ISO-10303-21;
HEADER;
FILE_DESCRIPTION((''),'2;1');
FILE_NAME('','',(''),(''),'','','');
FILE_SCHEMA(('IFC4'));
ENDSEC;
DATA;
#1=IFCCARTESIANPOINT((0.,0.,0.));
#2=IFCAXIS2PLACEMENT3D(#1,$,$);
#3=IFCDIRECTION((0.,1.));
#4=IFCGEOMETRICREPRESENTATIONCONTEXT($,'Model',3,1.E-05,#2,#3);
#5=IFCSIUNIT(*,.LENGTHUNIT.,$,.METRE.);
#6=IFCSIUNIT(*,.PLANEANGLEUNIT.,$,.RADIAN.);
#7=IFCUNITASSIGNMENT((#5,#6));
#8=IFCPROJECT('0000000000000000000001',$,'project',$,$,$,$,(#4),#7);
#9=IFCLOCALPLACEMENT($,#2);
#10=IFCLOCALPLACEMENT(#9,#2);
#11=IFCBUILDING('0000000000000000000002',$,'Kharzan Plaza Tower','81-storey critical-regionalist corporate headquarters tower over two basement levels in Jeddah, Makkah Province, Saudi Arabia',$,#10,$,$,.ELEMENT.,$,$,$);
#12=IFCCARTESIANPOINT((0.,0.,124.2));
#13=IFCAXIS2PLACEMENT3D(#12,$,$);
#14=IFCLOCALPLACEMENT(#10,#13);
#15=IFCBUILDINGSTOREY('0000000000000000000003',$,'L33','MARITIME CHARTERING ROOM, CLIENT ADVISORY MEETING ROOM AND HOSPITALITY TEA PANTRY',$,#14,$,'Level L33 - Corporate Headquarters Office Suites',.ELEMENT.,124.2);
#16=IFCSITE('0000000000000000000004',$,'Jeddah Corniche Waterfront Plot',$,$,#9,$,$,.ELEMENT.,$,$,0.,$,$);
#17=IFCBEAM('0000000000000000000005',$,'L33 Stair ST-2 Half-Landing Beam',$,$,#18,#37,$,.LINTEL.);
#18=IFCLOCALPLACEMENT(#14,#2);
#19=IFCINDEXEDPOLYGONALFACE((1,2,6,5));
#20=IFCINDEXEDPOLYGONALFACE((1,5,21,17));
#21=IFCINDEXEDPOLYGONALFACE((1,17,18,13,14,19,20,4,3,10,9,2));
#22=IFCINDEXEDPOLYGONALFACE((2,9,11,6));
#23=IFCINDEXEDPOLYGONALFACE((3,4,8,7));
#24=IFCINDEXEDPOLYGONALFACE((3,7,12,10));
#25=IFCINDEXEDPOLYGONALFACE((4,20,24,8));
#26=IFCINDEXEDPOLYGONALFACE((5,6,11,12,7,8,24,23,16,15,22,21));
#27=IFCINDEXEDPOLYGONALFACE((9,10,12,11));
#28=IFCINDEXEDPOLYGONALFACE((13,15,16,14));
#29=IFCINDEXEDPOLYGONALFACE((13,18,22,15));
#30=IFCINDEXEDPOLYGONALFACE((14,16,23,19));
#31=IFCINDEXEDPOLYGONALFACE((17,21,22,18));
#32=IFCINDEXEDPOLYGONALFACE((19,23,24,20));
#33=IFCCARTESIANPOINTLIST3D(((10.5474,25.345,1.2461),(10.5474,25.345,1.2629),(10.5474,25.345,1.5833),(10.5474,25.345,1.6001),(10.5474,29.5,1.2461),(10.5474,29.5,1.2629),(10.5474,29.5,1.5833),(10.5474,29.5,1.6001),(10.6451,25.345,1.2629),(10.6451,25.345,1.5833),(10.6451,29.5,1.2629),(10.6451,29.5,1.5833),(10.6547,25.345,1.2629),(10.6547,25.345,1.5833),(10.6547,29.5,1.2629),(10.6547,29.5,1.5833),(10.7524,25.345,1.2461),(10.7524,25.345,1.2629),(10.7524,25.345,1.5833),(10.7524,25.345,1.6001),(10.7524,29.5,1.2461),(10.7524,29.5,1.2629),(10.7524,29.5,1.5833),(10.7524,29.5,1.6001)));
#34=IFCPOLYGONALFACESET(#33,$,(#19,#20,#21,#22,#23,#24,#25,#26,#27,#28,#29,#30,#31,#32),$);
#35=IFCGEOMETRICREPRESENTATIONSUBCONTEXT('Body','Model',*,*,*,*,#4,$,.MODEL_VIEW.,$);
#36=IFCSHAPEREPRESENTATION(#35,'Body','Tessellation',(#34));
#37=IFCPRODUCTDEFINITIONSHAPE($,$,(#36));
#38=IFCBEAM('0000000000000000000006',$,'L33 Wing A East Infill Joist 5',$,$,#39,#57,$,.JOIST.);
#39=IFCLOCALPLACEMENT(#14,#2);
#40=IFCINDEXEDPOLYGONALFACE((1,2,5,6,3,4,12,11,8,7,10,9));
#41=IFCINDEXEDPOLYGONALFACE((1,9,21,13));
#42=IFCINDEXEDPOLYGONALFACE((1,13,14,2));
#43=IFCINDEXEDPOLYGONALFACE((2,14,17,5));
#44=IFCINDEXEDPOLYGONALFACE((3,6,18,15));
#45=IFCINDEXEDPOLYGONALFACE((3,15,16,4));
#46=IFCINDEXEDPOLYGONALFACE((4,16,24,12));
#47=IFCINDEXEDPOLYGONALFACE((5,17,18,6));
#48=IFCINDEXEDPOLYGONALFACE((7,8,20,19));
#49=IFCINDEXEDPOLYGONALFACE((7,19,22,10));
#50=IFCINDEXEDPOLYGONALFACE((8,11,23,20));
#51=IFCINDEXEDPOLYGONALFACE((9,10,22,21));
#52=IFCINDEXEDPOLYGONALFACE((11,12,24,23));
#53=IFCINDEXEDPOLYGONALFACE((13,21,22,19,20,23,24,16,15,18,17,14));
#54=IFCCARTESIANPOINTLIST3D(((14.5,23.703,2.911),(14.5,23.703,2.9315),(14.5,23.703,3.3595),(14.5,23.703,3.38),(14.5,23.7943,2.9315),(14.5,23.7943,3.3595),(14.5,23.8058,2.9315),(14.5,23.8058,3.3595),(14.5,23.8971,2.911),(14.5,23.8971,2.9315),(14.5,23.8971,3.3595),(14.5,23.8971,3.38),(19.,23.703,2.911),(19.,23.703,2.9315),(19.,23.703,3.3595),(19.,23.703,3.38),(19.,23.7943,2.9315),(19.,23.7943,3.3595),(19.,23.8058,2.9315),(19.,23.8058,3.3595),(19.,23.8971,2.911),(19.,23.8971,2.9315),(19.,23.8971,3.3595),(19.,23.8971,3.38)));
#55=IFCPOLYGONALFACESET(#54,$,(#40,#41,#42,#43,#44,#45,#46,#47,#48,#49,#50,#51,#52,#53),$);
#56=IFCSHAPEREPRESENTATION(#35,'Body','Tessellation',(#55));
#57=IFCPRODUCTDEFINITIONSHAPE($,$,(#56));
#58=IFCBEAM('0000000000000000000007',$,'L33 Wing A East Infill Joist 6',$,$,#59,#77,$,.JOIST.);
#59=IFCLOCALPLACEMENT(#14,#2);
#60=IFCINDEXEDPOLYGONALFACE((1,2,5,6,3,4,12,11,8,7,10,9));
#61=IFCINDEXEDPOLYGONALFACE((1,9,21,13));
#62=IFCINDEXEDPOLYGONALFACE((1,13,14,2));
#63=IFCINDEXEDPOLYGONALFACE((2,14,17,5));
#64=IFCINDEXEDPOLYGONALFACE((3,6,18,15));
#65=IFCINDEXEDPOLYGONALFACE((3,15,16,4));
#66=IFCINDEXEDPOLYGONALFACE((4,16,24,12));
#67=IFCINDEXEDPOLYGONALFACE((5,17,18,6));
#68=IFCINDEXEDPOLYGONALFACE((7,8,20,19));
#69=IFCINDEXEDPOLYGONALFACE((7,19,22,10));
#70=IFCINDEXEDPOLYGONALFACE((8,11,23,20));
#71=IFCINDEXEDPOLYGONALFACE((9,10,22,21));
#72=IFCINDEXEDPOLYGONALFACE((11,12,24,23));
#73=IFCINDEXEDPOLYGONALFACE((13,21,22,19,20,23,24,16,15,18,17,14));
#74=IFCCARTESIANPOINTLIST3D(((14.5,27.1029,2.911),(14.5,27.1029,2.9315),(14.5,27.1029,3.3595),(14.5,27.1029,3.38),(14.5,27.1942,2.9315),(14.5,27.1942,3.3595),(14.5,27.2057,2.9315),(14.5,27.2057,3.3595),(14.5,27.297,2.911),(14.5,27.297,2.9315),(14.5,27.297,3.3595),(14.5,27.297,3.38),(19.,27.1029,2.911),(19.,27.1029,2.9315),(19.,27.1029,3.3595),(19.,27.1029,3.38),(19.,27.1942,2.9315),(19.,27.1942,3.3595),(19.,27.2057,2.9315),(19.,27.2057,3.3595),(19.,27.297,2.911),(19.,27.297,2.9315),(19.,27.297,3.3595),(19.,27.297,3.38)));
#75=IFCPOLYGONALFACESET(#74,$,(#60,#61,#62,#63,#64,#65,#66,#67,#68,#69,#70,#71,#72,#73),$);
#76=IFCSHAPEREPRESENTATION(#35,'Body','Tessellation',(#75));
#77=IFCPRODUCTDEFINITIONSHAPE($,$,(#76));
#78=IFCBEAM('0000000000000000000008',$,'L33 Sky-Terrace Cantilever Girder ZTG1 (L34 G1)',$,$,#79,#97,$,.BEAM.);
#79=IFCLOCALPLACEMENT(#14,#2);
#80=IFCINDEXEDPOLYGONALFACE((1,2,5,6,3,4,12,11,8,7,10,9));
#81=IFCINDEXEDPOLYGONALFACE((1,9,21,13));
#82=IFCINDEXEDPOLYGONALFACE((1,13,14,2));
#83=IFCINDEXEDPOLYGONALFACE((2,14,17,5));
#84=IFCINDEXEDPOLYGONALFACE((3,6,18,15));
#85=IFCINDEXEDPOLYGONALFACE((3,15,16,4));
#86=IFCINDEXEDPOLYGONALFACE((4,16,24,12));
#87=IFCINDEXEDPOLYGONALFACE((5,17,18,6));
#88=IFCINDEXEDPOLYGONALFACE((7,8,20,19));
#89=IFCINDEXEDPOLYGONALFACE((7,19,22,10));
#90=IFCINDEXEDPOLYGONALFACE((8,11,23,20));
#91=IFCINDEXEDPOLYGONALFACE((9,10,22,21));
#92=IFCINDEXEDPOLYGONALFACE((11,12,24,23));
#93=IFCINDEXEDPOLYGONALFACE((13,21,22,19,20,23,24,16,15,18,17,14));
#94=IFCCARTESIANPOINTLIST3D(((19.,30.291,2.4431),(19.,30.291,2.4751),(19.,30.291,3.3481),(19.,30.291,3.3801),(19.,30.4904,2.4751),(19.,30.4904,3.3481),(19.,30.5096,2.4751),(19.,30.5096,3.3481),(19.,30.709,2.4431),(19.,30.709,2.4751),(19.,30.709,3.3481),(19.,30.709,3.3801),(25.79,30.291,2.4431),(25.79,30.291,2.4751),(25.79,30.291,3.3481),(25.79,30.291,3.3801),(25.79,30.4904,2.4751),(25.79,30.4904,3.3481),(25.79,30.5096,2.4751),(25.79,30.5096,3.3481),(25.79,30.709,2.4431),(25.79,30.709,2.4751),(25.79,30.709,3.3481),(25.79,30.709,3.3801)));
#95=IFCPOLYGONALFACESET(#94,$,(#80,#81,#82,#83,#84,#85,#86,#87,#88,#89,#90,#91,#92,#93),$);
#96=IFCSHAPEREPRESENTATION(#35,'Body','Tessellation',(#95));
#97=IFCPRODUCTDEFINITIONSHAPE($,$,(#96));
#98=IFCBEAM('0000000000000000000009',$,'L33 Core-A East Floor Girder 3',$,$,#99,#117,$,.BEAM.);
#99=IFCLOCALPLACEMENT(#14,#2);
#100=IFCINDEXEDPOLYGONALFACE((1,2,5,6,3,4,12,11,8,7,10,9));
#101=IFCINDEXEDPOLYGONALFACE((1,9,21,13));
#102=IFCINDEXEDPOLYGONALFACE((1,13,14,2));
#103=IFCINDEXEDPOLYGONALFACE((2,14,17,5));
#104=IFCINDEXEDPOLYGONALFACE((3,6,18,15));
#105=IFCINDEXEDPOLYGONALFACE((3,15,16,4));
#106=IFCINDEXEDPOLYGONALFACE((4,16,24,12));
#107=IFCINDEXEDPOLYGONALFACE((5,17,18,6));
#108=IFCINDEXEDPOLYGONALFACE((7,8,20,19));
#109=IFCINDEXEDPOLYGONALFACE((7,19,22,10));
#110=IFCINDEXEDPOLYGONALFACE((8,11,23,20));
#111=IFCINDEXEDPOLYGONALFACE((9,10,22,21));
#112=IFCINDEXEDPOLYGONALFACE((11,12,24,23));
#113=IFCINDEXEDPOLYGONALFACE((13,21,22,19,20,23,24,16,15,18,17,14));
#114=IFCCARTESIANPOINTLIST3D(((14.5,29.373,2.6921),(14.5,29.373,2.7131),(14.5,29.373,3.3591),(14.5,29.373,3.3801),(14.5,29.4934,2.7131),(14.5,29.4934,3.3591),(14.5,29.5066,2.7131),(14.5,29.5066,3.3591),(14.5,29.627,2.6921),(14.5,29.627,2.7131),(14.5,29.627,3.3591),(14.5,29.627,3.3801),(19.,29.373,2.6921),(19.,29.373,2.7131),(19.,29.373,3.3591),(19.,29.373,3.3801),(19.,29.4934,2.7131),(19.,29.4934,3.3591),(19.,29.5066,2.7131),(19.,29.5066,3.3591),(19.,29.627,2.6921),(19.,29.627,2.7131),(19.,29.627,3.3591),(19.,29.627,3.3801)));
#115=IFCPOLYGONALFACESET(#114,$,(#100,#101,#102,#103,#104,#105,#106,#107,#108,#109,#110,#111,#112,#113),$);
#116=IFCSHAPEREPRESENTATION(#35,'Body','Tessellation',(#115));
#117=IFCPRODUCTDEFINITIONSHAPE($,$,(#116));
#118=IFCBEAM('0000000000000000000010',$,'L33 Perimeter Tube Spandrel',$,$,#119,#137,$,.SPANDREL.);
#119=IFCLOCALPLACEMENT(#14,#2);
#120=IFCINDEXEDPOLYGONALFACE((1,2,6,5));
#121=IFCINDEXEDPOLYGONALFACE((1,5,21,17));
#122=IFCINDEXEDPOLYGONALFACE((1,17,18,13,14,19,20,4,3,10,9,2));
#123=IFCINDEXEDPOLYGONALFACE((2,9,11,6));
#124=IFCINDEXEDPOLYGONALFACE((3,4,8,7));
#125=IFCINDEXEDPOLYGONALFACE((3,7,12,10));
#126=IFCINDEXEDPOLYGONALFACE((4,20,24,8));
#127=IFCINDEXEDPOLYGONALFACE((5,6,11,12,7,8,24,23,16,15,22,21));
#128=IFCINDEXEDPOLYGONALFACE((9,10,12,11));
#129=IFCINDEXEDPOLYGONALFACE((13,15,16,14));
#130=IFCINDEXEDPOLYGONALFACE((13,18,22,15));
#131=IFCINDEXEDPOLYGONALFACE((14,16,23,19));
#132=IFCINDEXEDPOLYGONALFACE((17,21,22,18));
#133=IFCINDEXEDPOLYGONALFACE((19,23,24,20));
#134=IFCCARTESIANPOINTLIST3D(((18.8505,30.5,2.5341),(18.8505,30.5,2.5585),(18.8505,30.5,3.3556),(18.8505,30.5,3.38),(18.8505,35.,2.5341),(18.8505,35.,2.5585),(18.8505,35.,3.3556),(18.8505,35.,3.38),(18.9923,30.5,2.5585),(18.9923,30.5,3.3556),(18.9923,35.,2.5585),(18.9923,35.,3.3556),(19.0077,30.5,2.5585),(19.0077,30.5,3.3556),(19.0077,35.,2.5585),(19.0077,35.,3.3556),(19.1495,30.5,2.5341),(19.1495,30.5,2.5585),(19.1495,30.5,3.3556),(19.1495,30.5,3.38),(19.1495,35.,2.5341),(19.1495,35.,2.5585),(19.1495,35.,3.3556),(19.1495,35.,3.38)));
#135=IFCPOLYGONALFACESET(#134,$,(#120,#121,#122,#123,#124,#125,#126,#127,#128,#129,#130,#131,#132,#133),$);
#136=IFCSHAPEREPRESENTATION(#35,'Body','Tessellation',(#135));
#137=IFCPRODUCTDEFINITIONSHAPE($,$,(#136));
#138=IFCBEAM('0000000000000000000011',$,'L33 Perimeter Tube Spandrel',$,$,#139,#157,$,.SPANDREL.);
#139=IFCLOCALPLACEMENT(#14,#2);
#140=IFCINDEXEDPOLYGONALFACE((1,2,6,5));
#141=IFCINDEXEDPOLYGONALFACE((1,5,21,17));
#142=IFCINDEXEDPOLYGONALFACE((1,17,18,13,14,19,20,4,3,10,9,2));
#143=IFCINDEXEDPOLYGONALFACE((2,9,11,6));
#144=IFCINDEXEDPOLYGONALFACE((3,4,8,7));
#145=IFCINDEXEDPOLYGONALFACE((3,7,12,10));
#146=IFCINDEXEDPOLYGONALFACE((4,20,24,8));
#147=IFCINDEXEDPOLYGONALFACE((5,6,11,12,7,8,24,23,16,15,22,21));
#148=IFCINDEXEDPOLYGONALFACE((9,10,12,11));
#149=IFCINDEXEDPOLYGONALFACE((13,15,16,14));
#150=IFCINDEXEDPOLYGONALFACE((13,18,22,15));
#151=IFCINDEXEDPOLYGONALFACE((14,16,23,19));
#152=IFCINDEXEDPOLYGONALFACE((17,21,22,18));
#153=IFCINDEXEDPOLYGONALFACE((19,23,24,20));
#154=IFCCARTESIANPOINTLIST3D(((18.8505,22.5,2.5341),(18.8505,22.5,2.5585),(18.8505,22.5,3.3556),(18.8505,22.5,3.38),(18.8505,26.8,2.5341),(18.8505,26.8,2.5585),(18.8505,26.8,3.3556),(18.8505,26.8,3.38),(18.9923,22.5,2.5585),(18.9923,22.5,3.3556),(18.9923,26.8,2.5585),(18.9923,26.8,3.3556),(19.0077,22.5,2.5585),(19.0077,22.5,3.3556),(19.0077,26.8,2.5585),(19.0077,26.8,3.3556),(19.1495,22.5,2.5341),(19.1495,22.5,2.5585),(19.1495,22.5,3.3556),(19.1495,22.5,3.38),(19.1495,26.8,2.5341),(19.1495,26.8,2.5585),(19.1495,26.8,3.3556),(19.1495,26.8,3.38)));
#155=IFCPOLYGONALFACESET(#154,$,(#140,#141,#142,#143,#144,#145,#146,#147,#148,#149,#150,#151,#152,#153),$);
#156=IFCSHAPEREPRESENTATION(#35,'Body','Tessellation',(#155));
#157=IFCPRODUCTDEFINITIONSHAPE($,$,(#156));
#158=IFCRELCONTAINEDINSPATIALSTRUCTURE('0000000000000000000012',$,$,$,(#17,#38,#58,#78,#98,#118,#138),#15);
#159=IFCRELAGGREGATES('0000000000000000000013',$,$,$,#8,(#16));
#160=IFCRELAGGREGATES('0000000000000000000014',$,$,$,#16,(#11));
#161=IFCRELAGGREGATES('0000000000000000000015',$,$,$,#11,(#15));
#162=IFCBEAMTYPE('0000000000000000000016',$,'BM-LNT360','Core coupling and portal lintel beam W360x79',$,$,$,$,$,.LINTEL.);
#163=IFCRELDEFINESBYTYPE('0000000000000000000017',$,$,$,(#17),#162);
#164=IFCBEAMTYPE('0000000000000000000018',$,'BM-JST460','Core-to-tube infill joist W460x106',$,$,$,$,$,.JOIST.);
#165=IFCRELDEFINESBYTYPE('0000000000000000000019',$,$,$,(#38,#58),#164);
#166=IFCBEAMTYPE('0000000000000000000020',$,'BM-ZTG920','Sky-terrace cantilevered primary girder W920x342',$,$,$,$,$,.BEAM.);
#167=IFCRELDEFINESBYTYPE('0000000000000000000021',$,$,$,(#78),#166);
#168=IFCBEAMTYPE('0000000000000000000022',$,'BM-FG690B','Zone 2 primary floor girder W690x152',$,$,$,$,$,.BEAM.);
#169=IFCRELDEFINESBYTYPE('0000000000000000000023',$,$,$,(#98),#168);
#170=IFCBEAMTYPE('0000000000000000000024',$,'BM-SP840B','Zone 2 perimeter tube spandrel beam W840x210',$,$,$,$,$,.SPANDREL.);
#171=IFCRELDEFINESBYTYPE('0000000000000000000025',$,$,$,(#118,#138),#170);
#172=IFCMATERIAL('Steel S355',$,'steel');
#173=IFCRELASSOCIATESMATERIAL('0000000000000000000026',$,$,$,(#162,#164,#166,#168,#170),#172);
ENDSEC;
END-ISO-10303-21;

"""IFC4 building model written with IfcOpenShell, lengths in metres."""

from ifc_helpers import new_model, si_unit, direction, frame, origin, origin_2d, place, context, subcontext, project, spatial, i_section, extrude, source, transform, mapped, material, material_profile, profile_set, type_object, element, save


model = new_model("IFC4")

# Units and contexts
model_context = context("Model", 3, precision=1e-05, world=origin(), true_north=direction((0.0, 1.0)))
body_context = subcontext(model_context, "Body", "Model", "MODEL_VIEW")
ifc_project = project(units=[si_unit("LENGTHUNIT", "METRE"), si_unit("PLANEANGLEUNIT", "RADIAN")], contexts=[model_context])

# Site, building, storey
site_placement = place(None, origin())
site = spatial("IfcSite", under=ifc_project, at=site_placement, Name="Jeddah Corniche Waterfront Plot", CompositionType="ELEMENT", RefElevation=0.0)
building_placement = place(site_placement, origin())
building = spatial("IfcBuilding", under=site, at=building_placement, Name="Kharzan Plaza Tower", Description="81-storey critical-regionalist corporate headquarters tower over two basement levels in Jeddah, Makkah Province, Saudi Arabia", CompositionType="ELEMENT")
storey_placement = place(building_placement, frame((0.0, 0.0, 124.2)))
storey = spatial("IfcBuildingStorey", under=building, at=storey_placement, Name="L33", Description="MARITIME CHARTERING ROOM, CLIENT ADVISORY MEETING ROOM AND HOSPITALITY TEA PANTRY", LongName="Level L33 - Corporate Headquarters Office Suites", CompositionType="ELEMENT", Elevation=124.2)

# Beams
ifc_material_1 = material(Name="Steel S355", Category="steel")
ifc_material_profile_1 = material_profile(ifc_material_1, i_section(OverallWidth=0.2051, OverallDepth=0.354, WebThickness=0.0095, FlangeThickness=0.0168, at=origin_2d()), Name="W360x79")
ifc_profile_set_1 = profile_set([ifc_material_profile_1], Name="Steel S355")
beam_type_1 = type_object("IfcBeamType", Name="BM-LNT360", Description="Core coupling and portal lintel beam W360x79", PredefinedType="LINTEL", material=ifc_profile_set_1)
shared_shape_1 = source(origin(), body_context, "Body", "SweptSolid", [
    extrude(i_section(OverallWidth=0.2051, OverallDepth=0.354, WebThickness=0.0095, FlangeThickness=0.0168, at=origin_2d()), origin(), (0.0, 0.0, 1.0), 4.155),
])
beam_1_placement = place(storey_placement, frame((10.6499, 25.345, 1.4231), z_axis=(0.0, 1.0, 0.0), x_axis=(-1.0, 0.0, 0.0)))
element("IfcBeam", 1, at=beam_1_placement, inside=storey, type_object=beam_type_1, Name="L33 Stair ST-2 Half-Landing Beam", PredefinedType="LINTEL", context=body_context, shape_type="MappedRepresentation", body=[
    mapped(shared_shape_1, transform((0.0, 0.0, 0.0), x_axis=(1.0, 0.0, 0.0), y_axis=(0.0, 1.0, 0.0), z_axis=(0.0, 0.0, 1.0))),
])
ifc_material_profile_2 = material_profile(ifc_material_1, i_section(OverallWidth=0.1941, OverallDepth=0.469, WebThickness=0.0115, FlangeThickness=0.0205, at=origin_2d()), Name="W460x106")
ifc_profile_set_2 = profile_set([ifc_material_profile_2], Name="Steel S355")
beam_type_2 = type_object("IfcBeamType", Name="BM-JST460", Description="Core-to-tube infill joist W460x106", PredefinedType="JOIST", material=ifc_profile_set_2)
shared_shape_2 = source(origin(), body_context, "Body", "SweptSolid", [
    extrude(i_section(OverallWidth=0.1941, OverallDepth=0.469, WebThickness=0.0115, FlangeThickness=0.0205, at=origin_2d()), origin(), (0.0, 0.0, 1.0), 4.5),
])
for number, where, z_axis, x_axis, name in (
    (2, (14.5, 23.8, 3.1455), (1.0, 0.0, 0.0), (0.0, 1.0, 0.0), "L33 Wing A East Infill Joist 5"),
    (3, (14.5, 27.2, 3.1455), (1.0, 0.0, 0.0), (0.0, 1.0, 0.0), "L33 Wing A East Infill Joist 6"),
):
    element("IfcBeam", number, at=place(storey_placement, frame(where, z_axis=z_axis, x_axis=x_axis)), inside=storey, type_object=beam_type_2, Name=name, PredefinedType="JOIST", context=body_context, shape_type="MappedRepresentation", body=[
        mapped(shared_shape_2, transform((0.0, 0.0, 0.0), x_axis=(1.0, 0.0, 0.0), y_axis=(0.0, 1.0, 0.0), z_axis=(0.0, 0.0, 1.0))),
    ])
ifc_material_profile_3 = material_profile(ifc_material_1, i_section(OverallWidth=0.418, OverallDepth=0.937, WebThickness=0.0193, FlangeThickness=0.032, at=origin_2d()), Name="W920x342")
ifc_profile_set_3 = profile_set([ifc_material_profile_3], Name="Steel S355")
beam_type_3 = type_object("IfcBeamType", Name="BM-ZTG920", Description="Sky-terrace cantilevered primary girder W920x342", PredefinedType="BEAM", material=ifc_profile_set_3)
shared_shape_3 = source(origin(), body_context, "Body", "SweptSolid", [
    extrude(i_section(OverallWidth=0.418, OverallDepth=0.937, WebThickness=0.0193, FlangeThickness=0.032, at=origin_2d()), origin(), (0.0, 0.0, 1.0), 6.79),
])
beam_2_placement = place(storey_placement, frame((19.0, 30.5, 2.9116), z_axis=(1.0, 0.0, 0.0), x_axis=(0.0, 1.0, 0.0)))
element("IfcBeam", 4, at=beam_2_placement, inside=storey, type_object=beam_type_3, Name="L33 Sky-Terrace Cantilever Girder ZTG1 (L34 G1)", PredefinedType="BEAM", context=body_context, shape_type="MappedRepresentation", body=[
    mapped(shared_shape_3, transform((0.0, 0.0, 0.0), x_axis=(1.0, 0.0, 0.0), y_axis=(0.0, 1.0, 0.0), z_axis=(0.0, 0.0, 1.0))),
])
ifc_material_profile_4 = material_profile(ifc_material_1, i_section(OverallWidth=0.2539, OverallDepth=0.688, WebThickness=0.0132, FlangeThickness=0.021, at=origin_2d()), Name="W690x152")
ifc_profile_set_4 = profile_set([ifc_material_profile_4], Name="Steel S355")
beam_type_4 = type_object("IfcBeamType", Name="BM-FG690B", Description="Zone 2 primary floor girder W690x152", PredefinedType="BEAM", material=ifc_profile_set_4)
shared_shape_4 = source(origin(), body_context, "Body", "SweptSolid", [
    extrude(i_section(OverallWidth=0.2539, OverallDepth=0.688, WebThickness=0.0132, FlangeThickness=0.021, at=origin_2d()), origin(), (0.0, 0.0, 1.0), 4.5),
])
beam_3_placement = place(storey_placement, frame((14.5, 29.5, 3.0361), z_axis=(1.0, 0.0, 0.0), x_axis=(0.0, 1.0, 0.0)))
element("IfcBeam", 5, at=beam_3_placement, inside=storey, type_object=beam_type_4, Name="L33 Core-A East Floor Girder 3", PredefinedType="BEAM", context=body_context, shape_type="MappedRepresentation", body=[
    mapped(shared_shape_4, transform((0.0, 0.0, 0.0), x_axis=(1.0, 0.0, 0.0), y_axis=(0.0, 1.0, 0.0), z_axis=(0.0, 0.0, 1.0))),
])
ifc_material_profile_5 = material_profile(ifc_material_1, i_section(OverallWidth=0.2991, OverallDepth=0.8459, WebThickness=0.0154, FlangeThickness=0.0244, at=origin_2d()), Name="W840x210")
ifc_profile_set_5 = profile_set([ifc_material_profile_5], Name="Steel S355")
beam_type_5 = type_object("IfcBeamType", Name="BM-SP840B", Description="Zone 2 perimeter tube spandrel beam W840x210", PredefinedType="SPANDREL", material=ifc_profile_set_5)
shared_shape_5 = source(origin(), body_context, "Body", "SweptSolid", [
    extrude(i_section(OverallWidth=0.2991, OverallDepth=0.8459, WebThickness=0.0154, FlangeThickness=0.0244, at=origin_2d()), origin(), (0.0, 0.0, 1.0), 4.5),
])
beam_4_placement = place(storey_placement, frame((19.0, 30.5, 2.957), z_axis=(0.0, 1.0, 0.0), x_axis=(-1.0, 0.0, 0.0)))
element("IfcBeam", 6, at=beam_4_placement, inside=storey, type_object=beam_type_5, Name="L33 Perimeter Tube Spandrel", PredefinedType="SPANDREL", context=body_context, shape_type="MappedRepresentation", body=[
    mapped(shared_shape_5, transform((0.0, 0.0, 0.0), x_axis=(1.0, 0.0, 0.0), y_axis=(0.0, 1.0, 0.0), z_axis=(0.0, 0.0, 1.0))),
])
shared_shape_6 = source(origin(), body_context, "Body", "SweptSolid", [
    extrude(i_section(OverallWidth=0.2991, OverallDepth=0.8459, WebThickness=0.0154, FlangeThickness=0.0244, at=origin_2d()), origin(), (0.0, 0.0, 1.0), 4.3),
])
beam_5_placement = place(storey_placement, frame((19.0, 22.5, 2.957), z_axis=(0.0, 1.0, 0.0), x_axis=(-1.0, 0.0, 0.0)))
element("IfcBeam", 7, at=beam_5_placement, inside=storey, type_object=beam_type_5, Name="L33 Perimeter Tube Spandrel", PredefinedType="SPANDREL", context=body_context, shape_type="MappedRepresentation", body=[
    mapped(shared_shape_6, transform((0.0, 0.0, 0.0), x_axis=(1.0, 0.0, 0.0), y_axis=(0.0, 1.0, 0.0), z_axis=(0.0, 0.0, 1.0))),
])

save(model, "model.ifc")
